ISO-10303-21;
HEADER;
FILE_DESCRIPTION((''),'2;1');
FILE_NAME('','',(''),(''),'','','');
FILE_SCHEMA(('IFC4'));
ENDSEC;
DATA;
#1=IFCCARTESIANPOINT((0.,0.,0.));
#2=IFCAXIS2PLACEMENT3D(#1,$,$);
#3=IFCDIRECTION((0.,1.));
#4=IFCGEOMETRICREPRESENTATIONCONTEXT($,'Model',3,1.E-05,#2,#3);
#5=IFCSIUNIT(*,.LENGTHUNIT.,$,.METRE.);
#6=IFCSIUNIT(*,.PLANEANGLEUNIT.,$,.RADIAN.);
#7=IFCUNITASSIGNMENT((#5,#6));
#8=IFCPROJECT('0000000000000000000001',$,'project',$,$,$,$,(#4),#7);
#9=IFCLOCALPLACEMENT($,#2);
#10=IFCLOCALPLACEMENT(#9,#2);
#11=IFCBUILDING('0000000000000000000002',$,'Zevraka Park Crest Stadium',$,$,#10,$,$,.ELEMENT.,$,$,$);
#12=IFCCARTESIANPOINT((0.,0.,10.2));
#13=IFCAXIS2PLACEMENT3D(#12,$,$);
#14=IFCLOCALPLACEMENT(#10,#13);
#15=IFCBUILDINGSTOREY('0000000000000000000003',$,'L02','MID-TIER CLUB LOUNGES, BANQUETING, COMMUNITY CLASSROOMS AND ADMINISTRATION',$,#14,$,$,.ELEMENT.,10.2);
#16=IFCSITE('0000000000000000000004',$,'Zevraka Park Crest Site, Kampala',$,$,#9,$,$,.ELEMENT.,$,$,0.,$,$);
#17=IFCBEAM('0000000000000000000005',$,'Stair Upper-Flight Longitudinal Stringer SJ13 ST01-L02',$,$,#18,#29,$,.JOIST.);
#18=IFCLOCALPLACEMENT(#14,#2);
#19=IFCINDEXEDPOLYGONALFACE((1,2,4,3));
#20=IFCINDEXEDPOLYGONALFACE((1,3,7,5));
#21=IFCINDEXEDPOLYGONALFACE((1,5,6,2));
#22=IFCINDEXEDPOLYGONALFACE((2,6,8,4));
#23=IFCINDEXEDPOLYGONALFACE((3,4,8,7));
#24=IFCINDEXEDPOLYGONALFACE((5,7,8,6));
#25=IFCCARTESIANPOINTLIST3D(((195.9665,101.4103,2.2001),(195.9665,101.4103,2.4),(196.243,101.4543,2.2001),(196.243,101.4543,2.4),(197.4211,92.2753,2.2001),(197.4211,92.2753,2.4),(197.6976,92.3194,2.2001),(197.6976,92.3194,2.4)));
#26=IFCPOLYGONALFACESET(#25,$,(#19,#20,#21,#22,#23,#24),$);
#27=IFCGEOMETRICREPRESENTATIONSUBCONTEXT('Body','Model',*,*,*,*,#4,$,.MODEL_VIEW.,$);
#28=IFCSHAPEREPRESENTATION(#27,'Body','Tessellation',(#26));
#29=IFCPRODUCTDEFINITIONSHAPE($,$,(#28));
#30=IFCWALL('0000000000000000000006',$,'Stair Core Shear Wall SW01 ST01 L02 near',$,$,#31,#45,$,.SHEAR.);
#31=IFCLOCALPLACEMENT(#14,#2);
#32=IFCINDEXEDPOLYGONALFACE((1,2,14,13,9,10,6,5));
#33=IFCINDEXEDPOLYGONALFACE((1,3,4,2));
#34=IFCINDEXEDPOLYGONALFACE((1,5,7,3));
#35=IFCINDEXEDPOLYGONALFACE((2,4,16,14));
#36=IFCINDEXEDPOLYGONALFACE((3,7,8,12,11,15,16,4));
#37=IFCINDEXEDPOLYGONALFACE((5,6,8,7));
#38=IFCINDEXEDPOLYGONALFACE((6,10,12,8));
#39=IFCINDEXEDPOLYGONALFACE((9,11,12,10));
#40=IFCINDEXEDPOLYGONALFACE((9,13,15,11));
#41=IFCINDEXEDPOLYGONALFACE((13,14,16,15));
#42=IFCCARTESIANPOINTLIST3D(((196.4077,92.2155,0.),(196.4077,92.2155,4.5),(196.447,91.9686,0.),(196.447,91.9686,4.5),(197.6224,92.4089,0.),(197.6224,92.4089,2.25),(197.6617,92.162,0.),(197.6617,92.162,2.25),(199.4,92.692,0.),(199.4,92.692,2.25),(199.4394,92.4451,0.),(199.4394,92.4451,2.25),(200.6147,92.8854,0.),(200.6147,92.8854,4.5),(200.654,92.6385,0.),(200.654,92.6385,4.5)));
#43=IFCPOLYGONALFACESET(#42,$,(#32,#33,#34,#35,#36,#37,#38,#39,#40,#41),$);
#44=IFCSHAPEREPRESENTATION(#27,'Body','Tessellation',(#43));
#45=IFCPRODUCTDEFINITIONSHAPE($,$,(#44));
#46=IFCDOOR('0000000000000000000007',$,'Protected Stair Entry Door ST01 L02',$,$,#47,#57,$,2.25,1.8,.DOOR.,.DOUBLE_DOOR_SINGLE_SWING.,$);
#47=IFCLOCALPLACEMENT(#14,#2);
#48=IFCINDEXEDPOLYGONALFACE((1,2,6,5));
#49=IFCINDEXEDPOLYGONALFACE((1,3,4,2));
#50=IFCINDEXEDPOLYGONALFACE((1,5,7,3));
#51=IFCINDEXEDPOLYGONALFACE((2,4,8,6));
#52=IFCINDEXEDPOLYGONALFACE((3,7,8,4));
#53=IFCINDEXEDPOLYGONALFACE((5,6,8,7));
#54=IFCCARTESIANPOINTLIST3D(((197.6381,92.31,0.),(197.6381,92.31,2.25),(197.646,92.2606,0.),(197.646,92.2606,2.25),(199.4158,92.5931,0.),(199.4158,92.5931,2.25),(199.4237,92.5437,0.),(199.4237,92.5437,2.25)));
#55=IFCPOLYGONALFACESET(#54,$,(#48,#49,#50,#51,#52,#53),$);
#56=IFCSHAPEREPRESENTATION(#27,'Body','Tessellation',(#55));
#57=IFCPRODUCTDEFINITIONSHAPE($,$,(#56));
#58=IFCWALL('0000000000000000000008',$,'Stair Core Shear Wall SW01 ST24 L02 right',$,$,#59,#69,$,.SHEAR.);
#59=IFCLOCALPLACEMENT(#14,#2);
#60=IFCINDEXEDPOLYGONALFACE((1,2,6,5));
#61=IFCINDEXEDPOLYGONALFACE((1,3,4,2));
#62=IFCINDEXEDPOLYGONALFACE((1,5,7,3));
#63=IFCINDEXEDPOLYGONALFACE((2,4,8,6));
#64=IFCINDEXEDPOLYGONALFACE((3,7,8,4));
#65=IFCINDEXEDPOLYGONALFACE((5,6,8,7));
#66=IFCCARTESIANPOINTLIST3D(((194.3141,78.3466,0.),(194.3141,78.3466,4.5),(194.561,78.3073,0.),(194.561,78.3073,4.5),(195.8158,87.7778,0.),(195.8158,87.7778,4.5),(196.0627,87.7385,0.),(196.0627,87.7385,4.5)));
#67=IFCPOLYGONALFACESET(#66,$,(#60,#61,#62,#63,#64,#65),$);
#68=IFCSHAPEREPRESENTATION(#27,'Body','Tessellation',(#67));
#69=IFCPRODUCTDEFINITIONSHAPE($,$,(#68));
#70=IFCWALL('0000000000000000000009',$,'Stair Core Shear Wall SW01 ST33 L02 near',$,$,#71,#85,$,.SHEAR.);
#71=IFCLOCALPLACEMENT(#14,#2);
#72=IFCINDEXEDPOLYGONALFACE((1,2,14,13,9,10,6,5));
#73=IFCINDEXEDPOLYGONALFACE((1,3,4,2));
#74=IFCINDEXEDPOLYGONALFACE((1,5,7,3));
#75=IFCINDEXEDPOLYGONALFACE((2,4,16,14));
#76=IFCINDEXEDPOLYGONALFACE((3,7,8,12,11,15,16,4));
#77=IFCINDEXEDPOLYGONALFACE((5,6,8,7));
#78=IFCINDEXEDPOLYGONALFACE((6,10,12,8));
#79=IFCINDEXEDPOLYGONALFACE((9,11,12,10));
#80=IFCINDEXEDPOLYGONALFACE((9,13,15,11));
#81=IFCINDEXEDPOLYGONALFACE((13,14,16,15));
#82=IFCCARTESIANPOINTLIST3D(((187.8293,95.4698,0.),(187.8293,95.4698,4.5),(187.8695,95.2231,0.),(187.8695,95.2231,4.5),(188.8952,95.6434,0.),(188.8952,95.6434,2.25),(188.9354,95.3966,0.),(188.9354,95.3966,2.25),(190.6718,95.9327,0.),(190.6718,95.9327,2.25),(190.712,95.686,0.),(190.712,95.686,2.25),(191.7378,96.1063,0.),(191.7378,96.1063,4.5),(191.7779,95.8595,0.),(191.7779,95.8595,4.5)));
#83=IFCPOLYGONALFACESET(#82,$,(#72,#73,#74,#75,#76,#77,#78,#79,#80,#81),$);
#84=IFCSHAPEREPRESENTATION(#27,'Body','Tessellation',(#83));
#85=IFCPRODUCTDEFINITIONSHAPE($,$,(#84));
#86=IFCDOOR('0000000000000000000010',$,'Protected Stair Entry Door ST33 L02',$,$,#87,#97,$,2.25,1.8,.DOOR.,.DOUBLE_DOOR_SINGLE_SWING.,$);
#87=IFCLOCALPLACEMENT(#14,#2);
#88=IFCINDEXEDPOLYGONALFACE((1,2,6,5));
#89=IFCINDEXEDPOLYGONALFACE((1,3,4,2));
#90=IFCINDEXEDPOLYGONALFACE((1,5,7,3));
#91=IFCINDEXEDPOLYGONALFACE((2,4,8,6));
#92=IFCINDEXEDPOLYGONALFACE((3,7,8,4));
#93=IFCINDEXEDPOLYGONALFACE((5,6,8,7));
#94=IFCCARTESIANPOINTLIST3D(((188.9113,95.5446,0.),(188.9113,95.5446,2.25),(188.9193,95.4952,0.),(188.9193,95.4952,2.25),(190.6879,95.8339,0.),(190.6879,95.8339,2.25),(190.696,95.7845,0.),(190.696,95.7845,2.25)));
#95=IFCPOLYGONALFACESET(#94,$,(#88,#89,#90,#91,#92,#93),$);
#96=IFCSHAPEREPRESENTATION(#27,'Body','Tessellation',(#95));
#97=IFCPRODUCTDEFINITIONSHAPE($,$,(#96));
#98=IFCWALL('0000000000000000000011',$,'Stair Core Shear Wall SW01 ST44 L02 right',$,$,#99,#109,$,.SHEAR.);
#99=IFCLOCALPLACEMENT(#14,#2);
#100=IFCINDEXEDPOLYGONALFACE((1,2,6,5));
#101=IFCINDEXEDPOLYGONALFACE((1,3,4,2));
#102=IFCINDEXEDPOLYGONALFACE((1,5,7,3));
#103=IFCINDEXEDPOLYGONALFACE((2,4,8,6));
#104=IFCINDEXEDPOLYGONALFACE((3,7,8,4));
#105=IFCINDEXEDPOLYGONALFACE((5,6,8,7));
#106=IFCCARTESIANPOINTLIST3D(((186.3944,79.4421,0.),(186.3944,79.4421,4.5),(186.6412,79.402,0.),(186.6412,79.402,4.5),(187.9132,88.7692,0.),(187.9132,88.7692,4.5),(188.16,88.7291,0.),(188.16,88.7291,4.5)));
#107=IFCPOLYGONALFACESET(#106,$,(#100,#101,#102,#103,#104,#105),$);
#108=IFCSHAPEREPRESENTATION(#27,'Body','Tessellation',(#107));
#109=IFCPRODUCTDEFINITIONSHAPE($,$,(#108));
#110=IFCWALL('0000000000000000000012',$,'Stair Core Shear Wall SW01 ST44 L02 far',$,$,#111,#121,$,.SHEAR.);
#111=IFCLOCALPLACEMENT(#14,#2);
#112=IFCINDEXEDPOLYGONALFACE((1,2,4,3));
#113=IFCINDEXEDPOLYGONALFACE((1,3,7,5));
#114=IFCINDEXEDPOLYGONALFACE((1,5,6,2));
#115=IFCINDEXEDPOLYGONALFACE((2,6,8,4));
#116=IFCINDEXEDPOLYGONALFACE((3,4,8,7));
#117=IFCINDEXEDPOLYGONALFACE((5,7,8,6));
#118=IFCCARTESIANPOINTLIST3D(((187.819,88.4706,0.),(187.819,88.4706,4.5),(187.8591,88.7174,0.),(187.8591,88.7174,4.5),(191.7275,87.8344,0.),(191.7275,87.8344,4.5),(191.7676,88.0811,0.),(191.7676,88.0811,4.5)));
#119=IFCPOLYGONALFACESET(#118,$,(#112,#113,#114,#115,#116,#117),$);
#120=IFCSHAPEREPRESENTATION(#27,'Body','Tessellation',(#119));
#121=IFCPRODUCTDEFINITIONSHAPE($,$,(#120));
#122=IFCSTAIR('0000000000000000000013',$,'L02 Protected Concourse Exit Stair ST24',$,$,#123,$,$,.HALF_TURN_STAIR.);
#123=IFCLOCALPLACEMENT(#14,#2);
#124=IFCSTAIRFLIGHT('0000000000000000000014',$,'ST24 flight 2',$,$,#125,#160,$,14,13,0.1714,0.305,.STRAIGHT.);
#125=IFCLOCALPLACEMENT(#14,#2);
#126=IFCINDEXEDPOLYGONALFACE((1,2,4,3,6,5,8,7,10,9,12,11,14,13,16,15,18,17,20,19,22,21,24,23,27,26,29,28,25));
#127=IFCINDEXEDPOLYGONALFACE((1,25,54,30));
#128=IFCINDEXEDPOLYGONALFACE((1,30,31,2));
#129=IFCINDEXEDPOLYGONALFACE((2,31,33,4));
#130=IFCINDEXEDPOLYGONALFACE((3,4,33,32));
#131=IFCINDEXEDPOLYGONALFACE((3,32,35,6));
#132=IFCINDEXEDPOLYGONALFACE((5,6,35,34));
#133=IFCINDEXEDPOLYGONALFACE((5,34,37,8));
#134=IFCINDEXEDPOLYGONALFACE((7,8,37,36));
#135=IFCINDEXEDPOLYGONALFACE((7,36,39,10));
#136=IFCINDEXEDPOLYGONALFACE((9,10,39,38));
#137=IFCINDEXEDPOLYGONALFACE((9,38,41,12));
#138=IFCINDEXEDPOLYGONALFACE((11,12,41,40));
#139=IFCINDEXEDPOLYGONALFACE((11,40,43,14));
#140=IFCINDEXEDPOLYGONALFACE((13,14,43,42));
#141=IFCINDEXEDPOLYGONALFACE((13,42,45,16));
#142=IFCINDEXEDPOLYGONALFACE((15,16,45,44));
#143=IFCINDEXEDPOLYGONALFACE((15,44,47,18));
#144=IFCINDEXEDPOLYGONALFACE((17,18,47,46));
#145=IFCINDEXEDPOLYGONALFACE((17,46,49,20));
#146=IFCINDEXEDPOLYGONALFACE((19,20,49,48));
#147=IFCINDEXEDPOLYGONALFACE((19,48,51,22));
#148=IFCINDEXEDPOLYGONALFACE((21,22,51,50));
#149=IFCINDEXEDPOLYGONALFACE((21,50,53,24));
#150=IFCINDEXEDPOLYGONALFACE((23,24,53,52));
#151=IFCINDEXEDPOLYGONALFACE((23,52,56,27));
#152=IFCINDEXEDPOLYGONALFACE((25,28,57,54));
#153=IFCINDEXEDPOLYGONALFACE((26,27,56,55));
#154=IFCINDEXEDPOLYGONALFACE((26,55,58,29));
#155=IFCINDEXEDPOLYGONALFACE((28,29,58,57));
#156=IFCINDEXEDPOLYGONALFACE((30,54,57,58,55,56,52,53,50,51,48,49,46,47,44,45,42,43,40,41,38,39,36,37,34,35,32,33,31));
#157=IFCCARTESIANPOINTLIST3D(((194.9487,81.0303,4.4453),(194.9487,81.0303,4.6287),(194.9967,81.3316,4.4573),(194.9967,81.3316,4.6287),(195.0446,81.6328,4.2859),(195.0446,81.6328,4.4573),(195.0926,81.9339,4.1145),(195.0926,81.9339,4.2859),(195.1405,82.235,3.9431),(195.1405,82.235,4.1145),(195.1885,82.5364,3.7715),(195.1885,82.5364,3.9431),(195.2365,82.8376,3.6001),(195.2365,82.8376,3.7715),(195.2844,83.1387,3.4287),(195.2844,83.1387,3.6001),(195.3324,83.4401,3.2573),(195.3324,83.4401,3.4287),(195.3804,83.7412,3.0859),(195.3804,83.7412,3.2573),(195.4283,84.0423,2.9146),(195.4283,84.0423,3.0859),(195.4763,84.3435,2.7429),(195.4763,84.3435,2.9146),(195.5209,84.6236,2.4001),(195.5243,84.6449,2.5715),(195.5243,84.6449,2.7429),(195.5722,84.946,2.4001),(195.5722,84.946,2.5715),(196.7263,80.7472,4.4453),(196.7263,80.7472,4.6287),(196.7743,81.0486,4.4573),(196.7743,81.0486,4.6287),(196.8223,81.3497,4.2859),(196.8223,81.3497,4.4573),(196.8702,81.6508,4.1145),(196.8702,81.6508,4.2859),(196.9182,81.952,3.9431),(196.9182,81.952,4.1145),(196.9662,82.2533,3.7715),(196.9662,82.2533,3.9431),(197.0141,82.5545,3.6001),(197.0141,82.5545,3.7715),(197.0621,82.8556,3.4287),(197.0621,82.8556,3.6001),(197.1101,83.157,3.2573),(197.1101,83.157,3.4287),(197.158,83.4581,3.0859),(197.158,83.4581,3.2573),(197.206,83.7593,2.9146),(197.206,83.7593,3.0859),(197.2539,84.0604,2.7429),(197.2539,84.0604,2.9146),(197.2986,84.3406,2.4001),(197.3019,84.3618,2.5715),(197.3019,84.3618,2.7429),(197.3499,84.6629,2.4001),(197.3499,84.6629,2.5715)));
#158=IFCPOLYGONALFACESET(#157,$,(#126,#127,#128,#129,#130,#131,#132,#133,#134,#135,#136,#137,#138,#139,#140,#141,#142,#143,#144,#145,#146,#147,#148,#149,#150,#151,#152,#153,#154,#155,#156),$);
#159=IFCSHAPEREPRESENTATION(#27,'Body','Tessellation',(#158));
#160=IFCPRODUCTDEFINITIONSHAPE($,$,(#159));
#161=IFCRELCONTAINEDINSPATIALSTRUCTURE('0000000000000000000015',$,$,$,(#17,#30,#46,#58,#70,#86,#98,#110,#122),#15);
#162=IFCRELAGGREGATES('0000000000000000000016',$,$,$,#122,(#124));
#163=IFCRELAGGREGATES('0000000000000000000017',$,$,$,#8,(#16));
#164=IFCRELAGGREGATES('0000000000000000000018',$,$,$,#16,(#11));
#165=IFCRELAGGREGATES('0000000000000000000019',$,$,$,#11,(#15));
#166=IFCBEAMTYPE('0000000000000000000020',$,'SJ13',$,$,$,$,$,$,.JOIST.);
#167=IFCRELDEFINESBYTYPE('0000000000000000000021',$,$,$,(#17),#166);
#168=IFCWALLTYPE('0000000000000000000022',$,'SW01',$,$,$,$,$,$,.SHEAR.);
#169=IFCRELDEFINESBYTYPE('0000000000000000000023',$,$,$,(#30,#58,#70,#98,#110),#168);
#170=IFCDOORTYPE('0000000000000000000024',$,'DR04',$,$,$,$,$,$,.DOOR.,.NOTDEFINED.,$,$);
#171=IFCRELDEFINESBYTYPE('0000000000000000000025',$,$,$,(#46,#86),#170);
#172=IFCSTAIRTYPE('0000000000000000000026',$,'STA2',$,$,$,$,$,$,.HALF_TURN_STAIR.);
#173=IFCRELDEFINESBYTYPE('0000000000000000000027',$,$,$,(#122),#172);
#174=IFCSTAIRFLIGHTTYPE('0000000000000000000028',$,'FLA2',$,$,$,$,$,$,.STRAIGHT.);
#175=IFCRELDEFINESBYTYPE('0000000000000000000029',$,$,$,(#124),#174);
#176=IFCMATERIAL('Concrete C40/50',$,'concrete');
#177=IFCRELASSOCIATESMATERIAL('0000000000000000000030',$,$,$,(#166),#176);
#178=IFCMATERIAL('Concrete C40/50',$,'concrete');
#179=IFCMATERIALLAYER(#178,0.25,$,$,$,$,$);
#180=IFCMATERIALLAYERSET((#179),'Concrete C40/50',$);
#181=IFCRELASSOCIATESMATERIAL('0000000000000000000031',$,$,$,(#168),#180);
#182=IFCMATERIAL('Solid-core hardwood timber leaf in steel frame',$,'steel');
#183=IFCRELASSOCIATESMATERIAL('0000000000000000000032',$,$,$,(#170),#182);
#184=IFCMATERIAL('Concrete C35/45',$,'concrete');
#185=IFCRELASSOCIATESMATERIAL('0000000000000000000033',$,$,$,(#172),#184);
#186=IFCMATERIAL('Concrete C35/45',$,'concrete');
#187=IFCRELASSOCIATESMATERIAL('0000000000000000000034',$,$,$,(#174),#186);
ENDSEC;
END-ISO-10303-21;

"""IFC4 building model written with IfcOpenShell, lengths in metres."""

from ifc_helpers import new_model, si_unit, direction, frame, frame_2d, origin, origin_2d, place, context, subcontext, project, spatial, polyline, rectangle, outline, extrude, material, layer, layer_set, material_profile, profile_set, type_object, element, fill, aggregate, save


model = new_model("IFC4")

# Units and contexts
model_context = context("Model", 3, precision=1e-05, world=origin(), true_north=direction((0.0, 1.0)))
body_context = subcontext(model_context, "Body", "Model", "MODEL_VIEW")
ifc_project = project(units=[si_unit("LENGTHUNIT", "METRE"), si_unit("PLANEANGLEUNIT", "RADIAN")], contexts=[model_context])

# Site, building, storey
site_placement = place(None, origin())
site = spatial("IfcSite", under=ifc_project, at=site_placement, Name="Zevraka Park Crest Site, Kampala", CompositionType="ELEMENT", RefElevation=0.0)
building_placement = place(site_placement, origin())
building = spatial("IfcBuilding", under=site, at=building_placement, Name="Zevraka Park Crest Stadium", CompositionType="ELEMENT")
storey_placement = place(building_placement, frame((0.0, 0.0, 10.2)))
storey = spatial("IfcBuildingStorey", under=building, at=storey_placement, Name="L02", Description="MID-TIER CLUB LOUNGES, BANQUETING, COMMUNITY CLASSROOMS AND ADMINISTRATION", CompositionType="ELEMENT", Elevation=10.2)

# Beam
ifc_material_1 = material(Name="Concrete C40/50", Category="concrete")
ifc_material_profile_1 = material_profile(ifc_material_1, rectangle(XDim=0.28, YDim=0.2, at=origin_2d()), Name="RC 200x280")
ifc_profile_set_1 = profile_set([ifc_material_profile_1], Name="Concrete C40/50")
beam_type_1 = type_object("IfcBeamType", Name="SJ13", PredefinedType="JOIST", material=ifc_profile_set_1)
beam_1_placement = place(storey_placement, frame((197.5593, 92.2974, 2.3), z_axis=(-0.157251, 0.987559, 0.0), x_axis=(-0.987559, -0.157251, 0.0)))
element("IfcBeam", 1, at=beam_1_placement, inside=storey, type_object=beam_type_1, Name="Stair Upper-Flight Longitudinal Stringer SJ13 ST01-L02", PredefinedType="JOIST", context=body_context, shape_type="SweptSolid", body=[
    extrude(rectangle(XDim=0.28, YDim=0.2, at=origin_2d()), origin(), (0.0, 0.0, 1.0), 9.25),
])

# Wall, opening, door
ifc_material_2 = material(Name="Concrete C40/50", Category="concrete")
ifc_layer = layer(ifc_material_2, 0.25)
ifc_layer_set = layer_set([ifc_layer], Name="Concrete C40/50")
wall_type = type_object("IfcWallType", Name="SW01", PredefinedType="SHEAR", material=ifc_layer_set)
wall_1_placement = place(storey_placement, frame((196.4275, 92.092, 0.0), z_axis=(0.0, 0.0, 1.0), x_axis=(0.987558, 0.157257, 0.0)))
wall_1 = element("IfcWall", 2, at=wall_1_placement, inside=storey, type_object=wall_type, Name="Stair Core Shear Wall SW01 ST01 L02 near", PredefinedType="SHEAR", context=body_context, shape_type="SweptSolid", body=[
    extrude(rectangle(XDim=4.26, YDim=0.25, at=frame_2d((2.1299, 0.0))), origin(), (0.0, 0.0, 1.0), 4.5),
])
opening_1_placement = place(wall_1_placement, frame((1.23, 0.0, 0.0)))
opening_1 = element("IfcOpeningElement", 3, at=opening_1_placement, cuts=wall_1, PredefinedType="OPENING", context=body_context, shape_type="SweptSolid", body=[
    extrude(rectangle(XDim=1.8, YDim=2.25, at=frame_2d((0.8999, 1.125))), frame((0.0, 0.135, 0.0), z_axis=(0.0, -1.0, 0.0), x_axis=(1.0, 0.0, 0.0)), (0.0, 0.0, 1.0), 0.27),
])
ifc_material_3 = material(Name="Solid-core hardwood timber leaf in steel frame", Category="steel")
door_type = type_object("IfcDoorType", Name="DR04", OperationType="NOTDEFINED", PredefinedType="DOOR", material=ifc_material_3)
door_1_placement = place(opening_1_placement, origin())
door_1 = element("IfcDoor", 4, at=door_1_placement, inside=storey, type_object=door_type, Name="Protected Stair Entry Door ST01 L02", OperationType="DOUBLE_DOOR_SINGLE_SWING", OverallHeight=2.25, OverallWidth=1.8, PredefinedType="DOOR", context=body_context, shape_type="SweptSolid", body=[
    extrude(rectangle(XDim=1.8, YDim=2.25, at=frame_2d((0.8999, 1.125))), frame((0.0, 0.0249, 0.0), z_axis=(0.0, -1.0, 0.0), x_axis=(1.0, 0.0, 0.0)), (0.0, 0.0, 1.0), 0.05),
])
fill(opening_1, door_1)

# Wall
wall_2_placement = place(storey_placement, frame((195.9392, 87.7581, 0.0), z_axis=(0.0, 0.0, 1.0), x_axis=(-0.157248, -0.987559, 0.0)))
element("IfcWall", 5, at=wall_2_placement, inside=storey, type_object=wall_type, Name="Stair Core Shear Wall SW01 ST24 L02 right", PredefinedType="SHEAR", context=body_context, shape_type="SweptSolid", body=[
    extrude(rectangle(XDim=9.55, YDim=0.25, at=frame_2d((4.7749, 0.0))), origin(), (0.0, 0.0, 1.0), 4.5),
])

# Wall, opening, door
wall_3_placement = place(storey_placement, frame((187.8494, 95.3464, 0.0), z_axis=(0.0, 0.0, 1.0), x_axis=(0.986999, 0.160729, 0.0)))
wall_3 = element("IfcWall", 6, at=wall_3_placement, inside=storey, type_object=wall_type, Name="Stair Core Shear Wall SW01 ST33 L02 near", PredefinedType="SHEAR", context=body_context, shape_type="SweptSolid", body=[
    extrude(rectangle(XDim=3.96, YDim=0.25, at=frame_2d((1.98, 0.0))), origin(), (0.0, 0.0, 1.0), 4.5),
])
opening_2_placement = place(wall_3_placement, frame((1.0801, 0.0, 0.0)))
opening_2 = element("IfcOpeningElement", 7, at=opening_2_placement, cuts=wall_3, PredefinedType="OPENING", context=body_context, shape_type="SweptSolid", body=[
    extrude(rectangle(XDim=1.8, YDim=2.25, at=frame_2d((0.8999, 1.125))), frame((0.0, 0.135, 0.0), z_axis=(0.0, -1.0, 0.0), x_axis=(1.0, 0.0, 0.0)), (0.0, 0.0, 1.0), 0.27),
])
door_2_placement = place(opening_2_placement, origin())
door_2 = element("IfcDoor", 8, at=door_2_placement, inside=storey, type_object=door_type, Name="Protected Stair Entry Door ST33 L02", OperationType="DOUBLE_DOOR_SINGLE_SWING", OverallHeight=2.25, OverallWidth=1.8, PredefinedType="DOOR", context=body_context, shape_type="SweptSolid", body=[
    extrude(rectangle(XDim=1.8, YDim=2.25, at=frame_2d((0.8999, 1.125))), frame((0.0, 0.0249, 0.0), z_axis=(0.0, -1.0, 0.0), x_axis=(1.0, 0.0, 0.0)), (0.0, 0.0, 1.0), 0.05),
])
fill(opening_2, door_2)

# Walls
wall_4_placement = place(storey_placement, frame((188.0366, 88.7493, 0.0), z_axis=(0.0, 0.0, 1.0), x_axis=(-0.160719, -0.987, 0.0)))
element("IfcWall", 9, at=wall_4_placement, inside=storey, type_object=wall_type, Name="Stair Core Shear Wall SW01 ST44 L02 right", PredefinedType="SHEAR", context=body_context, shape_type="SweptSolid", body=[
    extrude(rectangle(XDim=9.45, YDim=0.25, at=frame_2d((4.7251, 0.0))), origin(), (0.0, 0.0, 1.0), 4.5),
])
wall_5_placement = place(storey_placement, frame((191.7476, 87.9578, 0.0), z_axis=(0.0, 0.0, 1.0), x_axis=(-0.987008, 0.160669, 0.0)))
element("IfcWall", 10, at=wall_5_placement, inside=storey, type_object=wall_type, Name="Stair Core Shear Wall SW01 ST44 L02 far", PredefinedType="SHEAR", context=body_context, shape_type="SweptSolid", body=[
    extrude(rectangle(XDim=3.96, YDim=0.25, at=frame_2d((1.98, 0.0))), origin(), (0.0, 0.0, 1.0), 4.5),
])

# Stair, stair flight
ifc_material_4 = material(Name="Concrete C35/45", Category="concrete")
stair_type = type_object("IfcStairType", Name="STA2", PredefinedType="HALF_TURN_STAIR", material=ifc_material_4)
stair_placement = place(storey_placement, origin())
stair = element("IfcStair", 11, at=stair_placement, inside=storey, type_object=stair_type, Name="L02 Protected Concourse Exit Stair ST24", PredefinedType="HALF_TURN_STAIR")
ifc_material_5 = material(Name="Concrete C35/45", Category="concrete")
stair_flight_type = type_object("IfcStairFlightType", Name="FLA2", PredefinedType="STRAIGHT", material=ifc_material_5)
stair_flight_placement = place(storey_placement, frame((196.4612, 84.8044, 2.4001), z_axis=(0.0, 0.0, 1.0), x_axis=(-0.157262, -0.987557, 0.0)))
stair_flight = element("IfcStairFlight", 12, at=stair_flight_placement, type_object=stair_flight_type, Name="ST24 flight 2", NumberOfRisers=14, NumberOfTreads=13, PredefinedType="STRAIGHT", RiserHeight=0.1714, TreadLength=0.305, context=body_context, shape_type="SweptSolid", body=[
    extrude(outline(polyline([(0.0, 0.0), (0.0, 0.1714), (0.3049, 0.1714), (0.3049, 0.3428), (0.6101, 0.3428), (0.6101, 0.5144), (0.915, 0.5144), (0.915, 0.6858), (1.22, 0.6858), (1.22, 0.8572), (1.5249, 0.8572), (1.5249, 1.0286), (1.8301, 1.0286), (1.8301, 1.2), (2.135, 1.2), (2.135, 1.3713), (2.4399, 1.3713), (2.4399, 1.543), (2.7451, 1.543), (2.7451, 1.7144), (3.05, 1.7144), (3.05, 1.8857), (3.355, 1.8857), (3.355, 2.0571), (3.6599, 2.0571), (3.6599, 2.2285), (3.9651, 2.2285), (3.9651, 2.3999), (3.9651, 2.0452), (0.3264, 0.0), (0.0, 0.0)])), frame((0.0, 0.8999, 0.0), z_axis=(0.0, -1.0, 0.0), x_axis=(1.0, 0.0, 0.0)), (0.0, 0.0, 1.0), 1.8),
])
aggregate(stair, [stair_flight])

save(model, "model.ifc")
